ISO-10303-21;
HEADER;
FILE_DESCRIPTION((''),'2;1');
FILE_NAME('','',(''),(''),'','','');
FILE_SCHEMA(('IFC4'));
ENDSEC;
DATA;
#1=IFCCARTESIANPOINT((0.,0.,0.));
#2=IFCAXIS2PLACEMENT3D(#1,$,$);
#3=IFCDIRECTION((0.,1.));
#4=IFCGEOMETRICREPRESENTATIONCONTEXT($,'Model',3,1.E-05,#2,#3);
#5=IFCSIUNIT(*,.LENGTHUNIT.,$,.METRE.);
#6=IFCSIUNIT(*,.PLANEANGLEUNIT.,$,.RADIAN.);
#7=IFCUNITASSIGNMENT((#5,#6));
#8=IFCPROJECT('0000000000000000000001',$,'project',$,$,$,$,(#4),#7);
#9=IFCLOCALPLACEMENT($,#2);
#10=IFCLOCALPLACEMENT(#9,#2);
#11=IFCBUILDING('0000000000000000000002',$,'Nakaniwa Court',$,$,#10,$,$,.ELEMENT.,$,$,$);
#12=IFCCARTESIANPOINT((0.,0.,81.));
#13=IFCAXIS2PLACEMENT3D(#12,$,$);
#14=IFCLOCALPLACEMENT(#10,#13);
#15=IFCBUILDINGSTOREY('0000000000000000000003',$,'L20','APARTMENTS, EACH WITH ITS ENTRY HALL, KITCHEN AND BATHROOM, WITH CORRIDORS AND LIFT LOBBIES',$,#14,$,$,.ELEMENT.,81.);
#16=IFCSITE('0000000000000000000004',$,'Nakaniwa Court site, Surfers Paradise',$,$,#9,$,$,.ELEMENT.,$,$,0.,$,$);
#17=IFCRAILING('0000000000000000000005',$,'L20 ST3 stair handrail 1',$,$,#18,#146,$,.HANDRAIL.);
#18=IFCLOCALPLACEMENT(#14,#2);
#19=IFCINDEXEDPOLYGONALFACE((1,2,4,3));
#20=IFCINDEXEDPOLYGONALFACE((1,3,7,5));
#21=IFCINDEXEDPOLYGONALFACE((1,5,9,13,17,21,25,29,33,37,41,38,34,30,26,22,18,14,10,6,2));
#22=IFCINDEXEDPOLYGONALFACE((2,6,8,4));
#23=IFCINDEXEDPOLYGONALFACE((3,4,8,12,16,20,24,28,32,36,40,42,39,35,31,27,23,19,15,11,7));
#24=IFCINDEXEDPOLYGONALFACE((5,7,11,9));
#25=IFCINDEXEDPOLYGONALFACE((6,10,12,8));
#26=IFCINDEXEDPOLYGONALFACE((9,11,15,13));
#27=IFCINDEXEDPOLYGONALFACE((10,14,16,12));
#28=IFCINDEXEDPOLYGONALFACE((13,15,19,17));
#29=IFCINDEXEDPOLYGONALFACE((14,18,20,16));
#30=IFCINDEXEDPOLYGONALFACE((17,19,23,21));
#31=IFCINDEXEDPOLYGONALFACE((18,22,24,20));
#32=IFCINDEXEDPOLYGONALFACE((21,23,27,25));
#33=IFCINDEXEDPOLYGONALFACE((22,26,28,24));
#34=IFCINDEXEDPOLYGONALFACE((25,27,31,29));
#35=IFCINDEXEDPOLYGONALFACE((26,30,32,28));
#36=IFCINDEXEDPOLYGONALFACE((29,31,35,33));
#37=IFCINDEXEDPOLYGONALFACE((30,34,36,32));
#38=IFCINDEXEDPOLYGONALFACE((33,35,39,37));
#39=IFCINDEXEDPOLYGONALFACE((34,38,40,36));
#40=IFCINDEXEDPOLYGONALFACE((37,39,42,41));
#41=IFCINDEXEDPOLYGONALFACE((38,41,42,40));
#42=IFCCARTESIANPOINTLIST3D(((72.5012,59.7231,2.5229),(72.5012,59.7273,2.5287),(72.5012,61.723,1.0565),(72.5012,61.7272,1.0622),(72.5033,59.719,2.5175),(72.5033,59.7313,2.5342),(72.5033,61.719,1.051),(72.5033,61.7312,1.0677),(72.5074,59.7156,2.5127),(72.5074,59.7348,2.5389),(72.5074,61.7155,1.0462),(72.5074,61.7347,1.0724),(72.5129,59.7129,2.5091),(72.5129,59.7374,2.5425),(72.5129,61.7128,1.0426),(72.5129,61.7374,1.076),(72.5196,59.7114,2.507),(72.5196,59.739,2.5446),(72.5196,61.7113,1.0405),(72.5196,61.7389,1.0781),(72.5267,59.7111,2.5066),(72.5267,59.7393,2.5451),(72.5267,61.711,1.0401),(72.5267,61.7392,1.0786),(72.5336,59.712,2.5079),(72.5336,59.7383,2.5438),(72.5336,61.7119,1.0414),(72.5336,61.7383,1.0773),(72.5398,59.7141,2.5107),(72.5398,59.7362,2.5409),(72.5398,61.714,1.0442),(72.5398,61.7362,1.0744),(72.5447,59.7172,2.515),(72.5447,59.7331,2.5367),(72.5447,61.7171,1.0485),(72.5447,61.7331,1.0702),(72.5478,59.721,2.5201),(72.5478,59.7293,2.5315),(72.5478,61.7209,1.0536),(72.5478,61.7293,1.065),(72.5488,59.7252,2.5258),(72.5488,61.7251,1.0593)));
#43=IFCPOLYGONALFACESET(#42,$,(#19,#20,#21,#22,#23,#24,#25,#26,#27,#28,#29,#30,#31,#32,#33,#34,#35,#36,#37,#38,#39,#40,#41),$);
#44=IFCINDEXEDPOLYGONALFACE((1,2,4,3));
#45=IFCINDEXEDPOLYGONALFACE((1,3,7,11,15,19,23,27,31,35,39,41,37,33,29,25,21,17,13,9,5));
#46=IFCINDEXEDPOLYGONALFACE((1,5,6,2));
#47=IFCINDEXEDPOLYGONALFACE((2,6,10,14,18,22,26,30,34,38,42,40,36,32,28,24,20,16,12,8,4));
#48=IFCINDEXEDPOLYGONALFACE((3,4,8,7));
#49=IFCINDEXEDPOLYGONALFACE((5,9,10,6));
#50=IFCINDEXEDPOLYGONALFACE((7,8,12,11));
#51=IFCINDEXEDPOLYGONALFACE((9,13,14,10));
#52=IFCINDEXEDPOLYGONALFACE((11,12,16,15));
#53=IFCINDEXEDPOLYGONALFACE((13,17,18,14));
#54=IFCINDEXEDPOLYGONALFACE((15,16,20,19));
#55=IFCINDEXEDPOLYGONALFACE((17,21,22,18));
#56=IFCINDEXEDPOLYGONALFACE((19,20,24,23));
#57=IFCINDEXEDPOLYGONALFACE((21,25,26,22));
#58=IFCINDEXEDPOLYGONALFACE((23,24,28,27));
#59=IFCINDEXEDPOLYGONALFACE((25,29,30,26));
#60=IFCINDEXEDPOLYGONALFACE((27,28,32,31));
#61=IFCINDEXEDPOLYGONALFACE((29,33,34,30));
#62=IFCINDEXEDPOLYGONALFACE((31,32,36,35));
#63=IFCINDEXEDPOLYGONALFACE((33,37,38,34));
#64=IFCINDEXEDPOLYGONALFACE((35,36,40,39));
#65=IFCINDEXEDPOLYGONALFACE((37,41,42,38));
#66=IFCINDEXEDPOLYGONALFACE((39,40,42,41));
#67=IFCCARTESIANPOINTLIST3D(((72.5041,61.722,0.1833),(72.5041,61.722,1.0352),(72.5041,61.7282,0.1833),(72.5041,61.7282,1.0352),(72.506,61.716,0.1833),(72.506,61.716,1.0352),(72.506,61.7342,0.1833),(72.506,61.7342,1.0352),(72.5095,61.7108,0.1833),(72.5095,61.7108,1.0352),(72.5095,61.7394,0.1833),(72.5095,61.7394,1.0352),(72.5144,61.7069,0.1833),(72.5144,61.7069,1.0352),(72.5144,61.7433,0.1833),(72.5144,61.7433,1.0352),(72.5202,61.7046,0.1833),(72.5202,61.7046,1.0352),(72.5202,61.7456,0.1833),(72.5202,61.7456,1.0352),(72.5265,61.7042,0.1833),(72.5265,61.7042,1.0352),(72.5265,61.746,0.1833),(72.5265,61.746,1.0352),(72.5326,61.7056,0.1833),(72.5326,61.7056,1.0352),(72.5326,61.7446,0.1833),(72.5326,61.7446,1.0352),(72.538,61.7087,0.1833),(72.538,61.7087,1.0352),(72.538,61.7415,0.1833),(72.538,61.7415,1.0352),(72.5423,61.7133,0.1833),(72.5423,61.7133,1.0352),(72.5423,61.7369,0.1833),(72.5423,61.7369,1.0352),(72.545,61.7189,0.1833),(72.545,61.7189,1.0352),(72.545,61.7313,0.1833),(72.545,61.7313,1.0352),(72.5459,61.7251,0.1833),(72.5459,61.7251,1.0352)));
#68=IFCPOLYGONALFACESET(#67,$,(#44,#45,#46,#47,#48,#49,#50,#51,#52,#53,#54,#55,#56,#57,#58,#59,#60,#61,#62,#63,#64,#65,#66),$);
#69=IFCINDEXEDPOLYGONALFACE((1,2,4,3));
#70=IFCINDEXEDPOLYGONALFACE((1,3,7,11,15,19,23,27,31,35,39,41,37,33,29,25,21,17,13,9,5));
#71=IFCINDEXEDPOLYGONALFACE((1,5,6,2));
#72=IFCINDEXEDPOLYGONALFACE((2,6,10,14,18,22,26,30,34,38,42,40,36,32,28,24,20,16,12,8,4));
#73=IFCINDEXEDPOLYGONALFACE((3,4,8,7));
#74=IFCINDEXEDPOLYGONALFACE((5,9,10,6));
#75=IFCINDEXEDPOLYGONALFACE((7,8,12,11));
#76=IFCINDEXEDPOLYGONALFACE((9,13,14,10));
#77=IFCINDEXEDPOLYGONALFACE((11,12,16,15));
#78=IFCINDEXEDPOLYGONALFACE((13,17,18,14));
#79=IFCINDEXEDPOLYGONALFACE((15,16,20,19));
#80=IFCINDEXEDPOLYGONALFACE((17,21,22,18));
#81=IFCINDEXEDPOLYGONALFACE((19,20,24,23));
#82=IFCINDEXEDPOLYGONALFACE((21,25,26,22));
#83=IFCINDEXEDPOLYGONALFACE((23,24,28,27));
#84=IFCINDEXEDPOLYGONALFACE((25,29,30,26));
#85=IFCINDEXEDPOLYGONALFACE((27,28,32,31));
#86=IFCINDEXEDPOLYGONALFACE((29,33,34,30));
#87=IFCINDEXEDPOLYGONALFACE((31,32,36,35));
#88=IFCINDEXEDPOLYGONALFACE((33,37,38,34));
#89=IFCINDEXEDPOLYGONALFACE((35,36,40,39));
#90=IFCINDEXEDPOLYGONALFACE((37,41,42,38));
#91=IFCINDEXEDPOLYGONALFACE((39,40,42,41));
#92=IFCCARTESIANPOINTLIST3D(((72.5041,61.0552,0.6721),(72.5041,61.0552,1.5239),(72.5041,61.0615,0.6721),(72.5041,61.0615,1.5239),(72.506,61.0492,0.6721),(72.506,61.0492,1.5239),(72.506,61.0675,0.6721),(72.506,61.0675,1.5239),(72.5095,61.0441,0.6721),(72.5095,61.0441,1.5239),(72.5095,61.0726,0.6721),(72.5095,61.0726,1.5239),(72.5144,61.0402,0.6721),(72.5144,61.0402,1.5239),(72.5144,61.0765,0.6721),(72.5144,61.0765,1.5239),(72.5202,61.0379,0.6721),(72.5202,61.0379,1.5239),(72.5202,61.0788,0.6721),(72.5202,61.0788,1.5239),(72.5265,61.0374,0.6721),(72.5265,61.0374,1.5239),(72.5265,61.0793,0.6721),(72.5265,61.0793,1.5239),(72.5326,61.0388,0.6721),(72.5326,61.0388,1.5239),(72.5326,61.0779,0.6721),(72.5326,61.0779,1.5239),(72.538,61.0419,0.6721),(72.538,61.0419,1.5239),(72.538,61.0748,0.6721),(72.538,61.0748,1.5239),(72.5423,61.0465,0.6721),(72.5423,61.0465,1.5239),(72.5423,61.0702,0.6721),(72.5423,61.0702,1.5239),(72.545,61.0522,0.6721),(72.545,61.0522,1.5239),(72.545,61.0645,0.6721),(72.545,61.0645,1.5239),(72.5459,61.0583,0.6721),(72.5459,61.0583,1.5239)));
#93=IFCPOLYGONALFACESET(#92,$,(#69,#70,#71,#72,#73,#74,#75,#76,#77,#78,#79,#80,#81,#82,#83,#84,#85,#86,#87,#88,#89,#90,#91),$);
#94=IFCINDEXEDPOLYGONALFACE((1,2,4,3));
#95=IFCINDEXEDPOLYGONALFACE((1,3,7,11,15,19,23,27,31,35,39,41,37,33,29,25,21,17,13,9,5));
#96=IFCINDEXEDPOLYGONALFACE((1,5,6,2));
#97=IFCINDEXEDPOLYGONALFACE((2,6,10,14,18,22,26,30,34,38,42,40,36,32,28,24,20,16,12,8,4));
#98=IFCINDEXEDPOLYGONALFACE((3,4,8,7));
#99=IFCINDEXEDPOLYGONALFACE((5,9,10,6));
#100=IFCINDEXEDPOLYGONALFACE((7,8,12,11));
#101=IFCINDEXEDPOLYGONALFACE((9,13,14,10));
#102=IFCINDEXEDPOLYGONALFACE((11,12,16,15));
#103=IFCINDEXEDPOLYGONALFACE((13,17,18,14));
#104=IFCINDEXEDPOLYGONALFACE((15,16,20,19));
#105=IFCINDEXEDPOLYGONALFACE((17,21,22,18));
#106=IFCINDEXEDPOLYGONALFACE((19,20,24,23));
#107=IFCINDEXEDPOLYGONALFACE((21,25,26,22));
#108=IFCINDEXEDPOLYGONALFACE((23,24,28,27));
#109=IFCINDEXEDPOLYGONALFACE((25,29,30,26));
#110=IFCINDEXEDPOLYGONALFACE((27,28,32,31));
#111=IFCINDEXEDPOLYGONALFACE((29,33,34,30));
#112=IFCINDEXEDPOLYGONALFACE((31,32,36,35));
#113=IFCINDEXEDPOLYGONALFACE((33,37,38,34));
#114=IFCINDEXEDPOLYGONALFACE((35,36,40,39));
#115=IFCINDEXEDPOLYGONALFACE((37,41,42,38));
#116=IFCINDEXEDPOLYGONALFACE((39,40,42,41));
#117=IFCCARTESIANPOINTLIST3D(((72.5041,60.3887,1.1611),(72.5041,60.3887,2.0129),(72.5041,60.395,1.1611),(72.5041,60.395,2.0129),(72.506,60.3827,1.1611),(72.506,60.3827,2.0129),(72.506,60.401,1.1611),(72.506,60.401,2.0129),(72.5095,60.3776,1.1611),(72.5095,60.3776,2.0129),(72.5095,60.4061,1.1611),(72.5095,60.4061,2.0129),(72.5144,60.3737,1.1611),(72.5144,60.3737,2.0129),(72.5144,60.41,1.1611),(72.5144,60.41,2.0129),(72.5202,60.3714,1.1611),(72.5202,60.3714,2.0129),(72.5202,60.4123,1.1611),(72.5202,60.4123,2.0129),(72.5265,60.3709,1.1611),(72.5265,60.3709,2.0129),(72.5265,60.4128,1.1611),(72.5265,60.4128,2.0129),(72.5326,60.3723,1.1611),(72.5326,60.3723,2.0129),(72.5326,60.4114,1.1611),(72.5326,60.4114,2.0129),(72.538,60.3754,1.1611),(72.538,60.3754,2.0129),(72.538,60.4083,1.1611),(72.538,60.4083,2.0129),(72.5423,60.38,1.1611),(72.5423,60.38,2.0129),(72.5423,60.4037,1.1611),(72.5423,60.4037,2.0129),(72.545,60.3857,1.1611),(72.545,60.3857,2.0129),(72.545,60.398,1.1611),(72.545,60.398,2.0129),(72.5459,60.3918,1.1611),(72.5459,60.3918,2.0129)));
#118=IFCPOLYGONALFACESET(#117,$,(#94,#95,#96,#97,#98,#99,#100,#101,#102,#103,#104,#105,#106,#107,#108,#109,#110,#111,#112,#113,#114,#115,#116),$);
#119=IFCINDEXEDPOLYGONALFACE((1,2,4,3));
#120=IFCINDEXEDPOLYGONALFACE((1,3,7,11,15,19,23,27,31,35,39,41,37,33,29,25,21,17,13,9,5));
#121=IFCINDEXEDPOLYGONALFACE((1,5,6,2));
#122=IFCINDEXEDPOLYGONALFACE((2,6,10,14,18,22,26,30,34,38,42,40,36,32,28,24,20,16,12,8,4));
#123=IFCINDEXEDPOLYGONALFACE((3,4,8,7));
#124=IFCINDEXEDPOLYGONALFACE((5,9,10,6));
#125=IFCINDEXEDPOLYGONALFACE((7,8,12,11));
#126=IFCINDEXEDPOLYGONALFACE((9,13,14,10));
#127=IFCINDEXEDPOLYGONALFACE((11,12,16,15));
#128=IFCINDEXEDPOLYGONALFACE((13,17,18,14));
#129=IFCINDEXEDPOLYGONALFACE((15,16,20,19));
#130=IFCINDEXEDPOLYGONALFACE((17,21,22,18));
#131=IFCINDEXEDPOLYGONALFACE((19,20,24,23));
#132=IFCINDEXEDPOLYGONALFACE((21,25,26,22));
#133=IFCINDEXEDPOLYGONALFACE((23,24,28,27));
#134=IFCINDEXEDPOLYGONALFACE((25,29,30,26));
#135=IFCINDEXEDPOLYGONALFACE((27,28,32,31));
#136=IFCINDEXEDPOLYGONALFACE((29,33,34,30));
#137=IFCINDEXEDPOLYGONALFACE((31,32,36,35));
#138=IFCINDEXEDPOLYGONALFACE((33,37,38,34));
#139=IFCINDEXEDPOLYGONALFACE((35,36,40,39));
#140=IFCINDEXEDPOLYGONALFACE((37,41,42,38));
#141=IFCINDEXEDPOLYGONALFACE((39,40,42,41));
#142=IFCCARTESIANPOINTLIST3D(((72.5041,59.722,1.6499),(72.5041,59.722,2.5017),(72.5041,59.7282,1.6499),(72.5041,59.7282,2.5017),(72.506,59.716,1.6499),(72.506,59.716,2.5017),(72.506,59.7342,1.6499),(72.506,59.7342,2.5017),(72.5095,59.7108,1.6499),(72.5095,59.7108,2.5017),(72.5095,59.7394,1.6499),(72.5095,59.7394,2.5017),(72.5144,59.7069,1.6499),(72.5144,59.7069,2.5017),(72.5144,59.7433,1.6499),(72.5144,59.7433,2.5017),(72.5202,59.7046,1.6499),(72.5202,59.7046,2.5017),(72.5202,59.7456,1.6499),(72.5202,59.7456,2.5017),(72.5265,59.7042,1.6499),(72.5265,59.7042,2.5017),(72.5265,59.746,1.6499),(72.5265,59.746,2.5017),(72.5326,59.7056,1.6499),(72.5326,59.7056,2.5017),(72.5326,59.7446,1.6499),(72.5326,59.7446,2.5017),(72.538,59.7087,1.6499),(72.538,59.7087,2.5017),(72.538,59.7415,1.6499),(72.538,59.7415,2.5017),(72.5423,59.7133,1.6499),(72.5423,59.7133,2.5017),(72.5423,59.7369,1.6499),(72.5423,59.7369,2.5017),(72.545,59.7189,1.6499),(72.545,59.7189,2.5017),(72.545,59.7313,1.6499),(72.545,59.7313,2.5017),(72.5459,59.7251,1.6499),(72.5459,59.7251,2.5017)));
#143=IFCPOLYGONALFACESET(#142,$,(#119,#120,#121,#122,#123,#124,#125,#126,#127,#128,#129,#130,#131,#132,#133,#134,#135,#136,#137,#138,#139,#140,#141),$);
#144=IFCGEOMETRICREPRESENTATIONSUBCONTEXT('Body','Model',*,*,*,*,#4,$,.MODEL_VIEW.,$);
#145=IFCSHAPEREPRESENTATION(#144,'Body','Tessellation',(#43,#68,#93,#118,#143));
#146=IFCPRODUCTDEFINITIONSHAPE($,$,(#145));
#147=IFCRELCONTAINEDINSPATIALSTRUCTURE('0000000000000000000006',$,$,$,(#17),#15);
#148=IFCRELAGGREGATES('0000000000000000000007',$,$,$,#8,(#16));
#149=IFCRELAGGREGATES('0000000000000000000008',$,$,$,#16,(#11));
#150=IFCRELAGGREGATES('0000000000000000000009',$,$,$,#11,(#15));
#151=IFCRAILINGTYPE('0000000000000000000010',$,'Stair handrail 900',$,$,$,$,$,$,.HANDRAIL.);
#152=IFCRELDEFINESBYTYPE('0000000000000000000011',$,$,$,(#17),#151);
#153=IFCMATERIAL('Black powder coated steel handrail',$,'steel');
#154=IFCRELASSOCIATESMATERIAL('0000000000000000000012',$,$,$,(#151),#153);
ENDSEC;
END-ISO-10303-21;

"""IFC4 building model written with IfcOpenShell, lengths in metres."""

from ifc_helpers import new_model, si_unit, direction, frame, origin, origin_2d, place, context, subcontext, project, spatial, circle, extrude, material, type_object, element, save


model = new_model("IFC4")

# Units and contexts
model_context = context("Model", 3, precision=1e-05, world=origin(), true_north=direction((0.0, 1.0)))
body_context = subcontext(model_context, "Body", "Model", "MODEL_VIEW")
ifc_project = project(units=[si_unit("LENGTHUNIT", "METRE"), si_unit("PLANEANGLEUNIT", "RADIAN")], contexts=[model_context])

# Site, building, storey
site_placement = place(None, origin())
site = spatial("IfcSite", under=ifc_project, at=site_placement, Name="Nakaniwa Court site, Surfers Paradise", CompositionType="ELEMENT", RefElevation=0.0)
building_placement = place(site_placement, origin())
building = spatial("IfcBuilding", under=site, at=building_placement, Name="Nakaniwa Court", CompositionType="ELEMENT")
storey_placement = place(building_placement, frame((0.0, 0.0, 81.0)))
storey = spatial("IfcBuildingStorey", under=building, at=storey_placement, Name="L20", Description="APARTMENTS, EACH WITH ITS ENTRY HALL, KITCHEN AND BATHROOM, WITH CORRIDORS AND LIFT LOBBIES", CompositionType="ELEMENT", Elevation=81.0)

# Railing
ifc_material_1 = material(Name="Black powder coated steel handrail", Category="steel")
railing_type_1 = type_object("IfcRailingType", Name="Stair handrail 900", PredefinedType="HANDRAIL", material=ifc_material_1)
railing_1_placement = place(storey_placement, frame((72.5249, 61.7251, 0.1833)))
element("IfcRailing", 1, at=railing_1_placement, inside=storey, type_object=railing_type_1, Name="L20 ST3 stair handrail 1", PredefinedType="HANDRAIL", context=body_context, shape_type="SweptSolid", body=[
    extrude(circle(Radius=0.0239, at=origin_2d()), frame((0.0, 0.0, 0.876), z_axis=(0.0, -0.806427, 0.591334), x_axis=(1.0, 0.0, 0.0)), (0.0, 0.0, 1.0), 2.48),
    extrude(circle(Radius=0.021, at=origin_2d()), origin(), (0.0, 0.0, 1.0), 0.8518),
    extrude(circle(Radius=0.021, at=origin_2d()), frame((0.0, -0.6667, 0.4888)), (0.0, 0.0, 1.0), 0.8518),
    extrude(circle(Radius=0.021, at=origin_2d()), frame((0.0, -1.3333, 0.9778)), (0.0, 0.0, 1.0), 0.8518),
    extrude(circle(Radius=0.021, at=origin_2d()), frame((0.0, -2.0, 1.4666)), (0.0, 0.0, 1.0), 0.8518),
])

save(model, "model.ifc")
